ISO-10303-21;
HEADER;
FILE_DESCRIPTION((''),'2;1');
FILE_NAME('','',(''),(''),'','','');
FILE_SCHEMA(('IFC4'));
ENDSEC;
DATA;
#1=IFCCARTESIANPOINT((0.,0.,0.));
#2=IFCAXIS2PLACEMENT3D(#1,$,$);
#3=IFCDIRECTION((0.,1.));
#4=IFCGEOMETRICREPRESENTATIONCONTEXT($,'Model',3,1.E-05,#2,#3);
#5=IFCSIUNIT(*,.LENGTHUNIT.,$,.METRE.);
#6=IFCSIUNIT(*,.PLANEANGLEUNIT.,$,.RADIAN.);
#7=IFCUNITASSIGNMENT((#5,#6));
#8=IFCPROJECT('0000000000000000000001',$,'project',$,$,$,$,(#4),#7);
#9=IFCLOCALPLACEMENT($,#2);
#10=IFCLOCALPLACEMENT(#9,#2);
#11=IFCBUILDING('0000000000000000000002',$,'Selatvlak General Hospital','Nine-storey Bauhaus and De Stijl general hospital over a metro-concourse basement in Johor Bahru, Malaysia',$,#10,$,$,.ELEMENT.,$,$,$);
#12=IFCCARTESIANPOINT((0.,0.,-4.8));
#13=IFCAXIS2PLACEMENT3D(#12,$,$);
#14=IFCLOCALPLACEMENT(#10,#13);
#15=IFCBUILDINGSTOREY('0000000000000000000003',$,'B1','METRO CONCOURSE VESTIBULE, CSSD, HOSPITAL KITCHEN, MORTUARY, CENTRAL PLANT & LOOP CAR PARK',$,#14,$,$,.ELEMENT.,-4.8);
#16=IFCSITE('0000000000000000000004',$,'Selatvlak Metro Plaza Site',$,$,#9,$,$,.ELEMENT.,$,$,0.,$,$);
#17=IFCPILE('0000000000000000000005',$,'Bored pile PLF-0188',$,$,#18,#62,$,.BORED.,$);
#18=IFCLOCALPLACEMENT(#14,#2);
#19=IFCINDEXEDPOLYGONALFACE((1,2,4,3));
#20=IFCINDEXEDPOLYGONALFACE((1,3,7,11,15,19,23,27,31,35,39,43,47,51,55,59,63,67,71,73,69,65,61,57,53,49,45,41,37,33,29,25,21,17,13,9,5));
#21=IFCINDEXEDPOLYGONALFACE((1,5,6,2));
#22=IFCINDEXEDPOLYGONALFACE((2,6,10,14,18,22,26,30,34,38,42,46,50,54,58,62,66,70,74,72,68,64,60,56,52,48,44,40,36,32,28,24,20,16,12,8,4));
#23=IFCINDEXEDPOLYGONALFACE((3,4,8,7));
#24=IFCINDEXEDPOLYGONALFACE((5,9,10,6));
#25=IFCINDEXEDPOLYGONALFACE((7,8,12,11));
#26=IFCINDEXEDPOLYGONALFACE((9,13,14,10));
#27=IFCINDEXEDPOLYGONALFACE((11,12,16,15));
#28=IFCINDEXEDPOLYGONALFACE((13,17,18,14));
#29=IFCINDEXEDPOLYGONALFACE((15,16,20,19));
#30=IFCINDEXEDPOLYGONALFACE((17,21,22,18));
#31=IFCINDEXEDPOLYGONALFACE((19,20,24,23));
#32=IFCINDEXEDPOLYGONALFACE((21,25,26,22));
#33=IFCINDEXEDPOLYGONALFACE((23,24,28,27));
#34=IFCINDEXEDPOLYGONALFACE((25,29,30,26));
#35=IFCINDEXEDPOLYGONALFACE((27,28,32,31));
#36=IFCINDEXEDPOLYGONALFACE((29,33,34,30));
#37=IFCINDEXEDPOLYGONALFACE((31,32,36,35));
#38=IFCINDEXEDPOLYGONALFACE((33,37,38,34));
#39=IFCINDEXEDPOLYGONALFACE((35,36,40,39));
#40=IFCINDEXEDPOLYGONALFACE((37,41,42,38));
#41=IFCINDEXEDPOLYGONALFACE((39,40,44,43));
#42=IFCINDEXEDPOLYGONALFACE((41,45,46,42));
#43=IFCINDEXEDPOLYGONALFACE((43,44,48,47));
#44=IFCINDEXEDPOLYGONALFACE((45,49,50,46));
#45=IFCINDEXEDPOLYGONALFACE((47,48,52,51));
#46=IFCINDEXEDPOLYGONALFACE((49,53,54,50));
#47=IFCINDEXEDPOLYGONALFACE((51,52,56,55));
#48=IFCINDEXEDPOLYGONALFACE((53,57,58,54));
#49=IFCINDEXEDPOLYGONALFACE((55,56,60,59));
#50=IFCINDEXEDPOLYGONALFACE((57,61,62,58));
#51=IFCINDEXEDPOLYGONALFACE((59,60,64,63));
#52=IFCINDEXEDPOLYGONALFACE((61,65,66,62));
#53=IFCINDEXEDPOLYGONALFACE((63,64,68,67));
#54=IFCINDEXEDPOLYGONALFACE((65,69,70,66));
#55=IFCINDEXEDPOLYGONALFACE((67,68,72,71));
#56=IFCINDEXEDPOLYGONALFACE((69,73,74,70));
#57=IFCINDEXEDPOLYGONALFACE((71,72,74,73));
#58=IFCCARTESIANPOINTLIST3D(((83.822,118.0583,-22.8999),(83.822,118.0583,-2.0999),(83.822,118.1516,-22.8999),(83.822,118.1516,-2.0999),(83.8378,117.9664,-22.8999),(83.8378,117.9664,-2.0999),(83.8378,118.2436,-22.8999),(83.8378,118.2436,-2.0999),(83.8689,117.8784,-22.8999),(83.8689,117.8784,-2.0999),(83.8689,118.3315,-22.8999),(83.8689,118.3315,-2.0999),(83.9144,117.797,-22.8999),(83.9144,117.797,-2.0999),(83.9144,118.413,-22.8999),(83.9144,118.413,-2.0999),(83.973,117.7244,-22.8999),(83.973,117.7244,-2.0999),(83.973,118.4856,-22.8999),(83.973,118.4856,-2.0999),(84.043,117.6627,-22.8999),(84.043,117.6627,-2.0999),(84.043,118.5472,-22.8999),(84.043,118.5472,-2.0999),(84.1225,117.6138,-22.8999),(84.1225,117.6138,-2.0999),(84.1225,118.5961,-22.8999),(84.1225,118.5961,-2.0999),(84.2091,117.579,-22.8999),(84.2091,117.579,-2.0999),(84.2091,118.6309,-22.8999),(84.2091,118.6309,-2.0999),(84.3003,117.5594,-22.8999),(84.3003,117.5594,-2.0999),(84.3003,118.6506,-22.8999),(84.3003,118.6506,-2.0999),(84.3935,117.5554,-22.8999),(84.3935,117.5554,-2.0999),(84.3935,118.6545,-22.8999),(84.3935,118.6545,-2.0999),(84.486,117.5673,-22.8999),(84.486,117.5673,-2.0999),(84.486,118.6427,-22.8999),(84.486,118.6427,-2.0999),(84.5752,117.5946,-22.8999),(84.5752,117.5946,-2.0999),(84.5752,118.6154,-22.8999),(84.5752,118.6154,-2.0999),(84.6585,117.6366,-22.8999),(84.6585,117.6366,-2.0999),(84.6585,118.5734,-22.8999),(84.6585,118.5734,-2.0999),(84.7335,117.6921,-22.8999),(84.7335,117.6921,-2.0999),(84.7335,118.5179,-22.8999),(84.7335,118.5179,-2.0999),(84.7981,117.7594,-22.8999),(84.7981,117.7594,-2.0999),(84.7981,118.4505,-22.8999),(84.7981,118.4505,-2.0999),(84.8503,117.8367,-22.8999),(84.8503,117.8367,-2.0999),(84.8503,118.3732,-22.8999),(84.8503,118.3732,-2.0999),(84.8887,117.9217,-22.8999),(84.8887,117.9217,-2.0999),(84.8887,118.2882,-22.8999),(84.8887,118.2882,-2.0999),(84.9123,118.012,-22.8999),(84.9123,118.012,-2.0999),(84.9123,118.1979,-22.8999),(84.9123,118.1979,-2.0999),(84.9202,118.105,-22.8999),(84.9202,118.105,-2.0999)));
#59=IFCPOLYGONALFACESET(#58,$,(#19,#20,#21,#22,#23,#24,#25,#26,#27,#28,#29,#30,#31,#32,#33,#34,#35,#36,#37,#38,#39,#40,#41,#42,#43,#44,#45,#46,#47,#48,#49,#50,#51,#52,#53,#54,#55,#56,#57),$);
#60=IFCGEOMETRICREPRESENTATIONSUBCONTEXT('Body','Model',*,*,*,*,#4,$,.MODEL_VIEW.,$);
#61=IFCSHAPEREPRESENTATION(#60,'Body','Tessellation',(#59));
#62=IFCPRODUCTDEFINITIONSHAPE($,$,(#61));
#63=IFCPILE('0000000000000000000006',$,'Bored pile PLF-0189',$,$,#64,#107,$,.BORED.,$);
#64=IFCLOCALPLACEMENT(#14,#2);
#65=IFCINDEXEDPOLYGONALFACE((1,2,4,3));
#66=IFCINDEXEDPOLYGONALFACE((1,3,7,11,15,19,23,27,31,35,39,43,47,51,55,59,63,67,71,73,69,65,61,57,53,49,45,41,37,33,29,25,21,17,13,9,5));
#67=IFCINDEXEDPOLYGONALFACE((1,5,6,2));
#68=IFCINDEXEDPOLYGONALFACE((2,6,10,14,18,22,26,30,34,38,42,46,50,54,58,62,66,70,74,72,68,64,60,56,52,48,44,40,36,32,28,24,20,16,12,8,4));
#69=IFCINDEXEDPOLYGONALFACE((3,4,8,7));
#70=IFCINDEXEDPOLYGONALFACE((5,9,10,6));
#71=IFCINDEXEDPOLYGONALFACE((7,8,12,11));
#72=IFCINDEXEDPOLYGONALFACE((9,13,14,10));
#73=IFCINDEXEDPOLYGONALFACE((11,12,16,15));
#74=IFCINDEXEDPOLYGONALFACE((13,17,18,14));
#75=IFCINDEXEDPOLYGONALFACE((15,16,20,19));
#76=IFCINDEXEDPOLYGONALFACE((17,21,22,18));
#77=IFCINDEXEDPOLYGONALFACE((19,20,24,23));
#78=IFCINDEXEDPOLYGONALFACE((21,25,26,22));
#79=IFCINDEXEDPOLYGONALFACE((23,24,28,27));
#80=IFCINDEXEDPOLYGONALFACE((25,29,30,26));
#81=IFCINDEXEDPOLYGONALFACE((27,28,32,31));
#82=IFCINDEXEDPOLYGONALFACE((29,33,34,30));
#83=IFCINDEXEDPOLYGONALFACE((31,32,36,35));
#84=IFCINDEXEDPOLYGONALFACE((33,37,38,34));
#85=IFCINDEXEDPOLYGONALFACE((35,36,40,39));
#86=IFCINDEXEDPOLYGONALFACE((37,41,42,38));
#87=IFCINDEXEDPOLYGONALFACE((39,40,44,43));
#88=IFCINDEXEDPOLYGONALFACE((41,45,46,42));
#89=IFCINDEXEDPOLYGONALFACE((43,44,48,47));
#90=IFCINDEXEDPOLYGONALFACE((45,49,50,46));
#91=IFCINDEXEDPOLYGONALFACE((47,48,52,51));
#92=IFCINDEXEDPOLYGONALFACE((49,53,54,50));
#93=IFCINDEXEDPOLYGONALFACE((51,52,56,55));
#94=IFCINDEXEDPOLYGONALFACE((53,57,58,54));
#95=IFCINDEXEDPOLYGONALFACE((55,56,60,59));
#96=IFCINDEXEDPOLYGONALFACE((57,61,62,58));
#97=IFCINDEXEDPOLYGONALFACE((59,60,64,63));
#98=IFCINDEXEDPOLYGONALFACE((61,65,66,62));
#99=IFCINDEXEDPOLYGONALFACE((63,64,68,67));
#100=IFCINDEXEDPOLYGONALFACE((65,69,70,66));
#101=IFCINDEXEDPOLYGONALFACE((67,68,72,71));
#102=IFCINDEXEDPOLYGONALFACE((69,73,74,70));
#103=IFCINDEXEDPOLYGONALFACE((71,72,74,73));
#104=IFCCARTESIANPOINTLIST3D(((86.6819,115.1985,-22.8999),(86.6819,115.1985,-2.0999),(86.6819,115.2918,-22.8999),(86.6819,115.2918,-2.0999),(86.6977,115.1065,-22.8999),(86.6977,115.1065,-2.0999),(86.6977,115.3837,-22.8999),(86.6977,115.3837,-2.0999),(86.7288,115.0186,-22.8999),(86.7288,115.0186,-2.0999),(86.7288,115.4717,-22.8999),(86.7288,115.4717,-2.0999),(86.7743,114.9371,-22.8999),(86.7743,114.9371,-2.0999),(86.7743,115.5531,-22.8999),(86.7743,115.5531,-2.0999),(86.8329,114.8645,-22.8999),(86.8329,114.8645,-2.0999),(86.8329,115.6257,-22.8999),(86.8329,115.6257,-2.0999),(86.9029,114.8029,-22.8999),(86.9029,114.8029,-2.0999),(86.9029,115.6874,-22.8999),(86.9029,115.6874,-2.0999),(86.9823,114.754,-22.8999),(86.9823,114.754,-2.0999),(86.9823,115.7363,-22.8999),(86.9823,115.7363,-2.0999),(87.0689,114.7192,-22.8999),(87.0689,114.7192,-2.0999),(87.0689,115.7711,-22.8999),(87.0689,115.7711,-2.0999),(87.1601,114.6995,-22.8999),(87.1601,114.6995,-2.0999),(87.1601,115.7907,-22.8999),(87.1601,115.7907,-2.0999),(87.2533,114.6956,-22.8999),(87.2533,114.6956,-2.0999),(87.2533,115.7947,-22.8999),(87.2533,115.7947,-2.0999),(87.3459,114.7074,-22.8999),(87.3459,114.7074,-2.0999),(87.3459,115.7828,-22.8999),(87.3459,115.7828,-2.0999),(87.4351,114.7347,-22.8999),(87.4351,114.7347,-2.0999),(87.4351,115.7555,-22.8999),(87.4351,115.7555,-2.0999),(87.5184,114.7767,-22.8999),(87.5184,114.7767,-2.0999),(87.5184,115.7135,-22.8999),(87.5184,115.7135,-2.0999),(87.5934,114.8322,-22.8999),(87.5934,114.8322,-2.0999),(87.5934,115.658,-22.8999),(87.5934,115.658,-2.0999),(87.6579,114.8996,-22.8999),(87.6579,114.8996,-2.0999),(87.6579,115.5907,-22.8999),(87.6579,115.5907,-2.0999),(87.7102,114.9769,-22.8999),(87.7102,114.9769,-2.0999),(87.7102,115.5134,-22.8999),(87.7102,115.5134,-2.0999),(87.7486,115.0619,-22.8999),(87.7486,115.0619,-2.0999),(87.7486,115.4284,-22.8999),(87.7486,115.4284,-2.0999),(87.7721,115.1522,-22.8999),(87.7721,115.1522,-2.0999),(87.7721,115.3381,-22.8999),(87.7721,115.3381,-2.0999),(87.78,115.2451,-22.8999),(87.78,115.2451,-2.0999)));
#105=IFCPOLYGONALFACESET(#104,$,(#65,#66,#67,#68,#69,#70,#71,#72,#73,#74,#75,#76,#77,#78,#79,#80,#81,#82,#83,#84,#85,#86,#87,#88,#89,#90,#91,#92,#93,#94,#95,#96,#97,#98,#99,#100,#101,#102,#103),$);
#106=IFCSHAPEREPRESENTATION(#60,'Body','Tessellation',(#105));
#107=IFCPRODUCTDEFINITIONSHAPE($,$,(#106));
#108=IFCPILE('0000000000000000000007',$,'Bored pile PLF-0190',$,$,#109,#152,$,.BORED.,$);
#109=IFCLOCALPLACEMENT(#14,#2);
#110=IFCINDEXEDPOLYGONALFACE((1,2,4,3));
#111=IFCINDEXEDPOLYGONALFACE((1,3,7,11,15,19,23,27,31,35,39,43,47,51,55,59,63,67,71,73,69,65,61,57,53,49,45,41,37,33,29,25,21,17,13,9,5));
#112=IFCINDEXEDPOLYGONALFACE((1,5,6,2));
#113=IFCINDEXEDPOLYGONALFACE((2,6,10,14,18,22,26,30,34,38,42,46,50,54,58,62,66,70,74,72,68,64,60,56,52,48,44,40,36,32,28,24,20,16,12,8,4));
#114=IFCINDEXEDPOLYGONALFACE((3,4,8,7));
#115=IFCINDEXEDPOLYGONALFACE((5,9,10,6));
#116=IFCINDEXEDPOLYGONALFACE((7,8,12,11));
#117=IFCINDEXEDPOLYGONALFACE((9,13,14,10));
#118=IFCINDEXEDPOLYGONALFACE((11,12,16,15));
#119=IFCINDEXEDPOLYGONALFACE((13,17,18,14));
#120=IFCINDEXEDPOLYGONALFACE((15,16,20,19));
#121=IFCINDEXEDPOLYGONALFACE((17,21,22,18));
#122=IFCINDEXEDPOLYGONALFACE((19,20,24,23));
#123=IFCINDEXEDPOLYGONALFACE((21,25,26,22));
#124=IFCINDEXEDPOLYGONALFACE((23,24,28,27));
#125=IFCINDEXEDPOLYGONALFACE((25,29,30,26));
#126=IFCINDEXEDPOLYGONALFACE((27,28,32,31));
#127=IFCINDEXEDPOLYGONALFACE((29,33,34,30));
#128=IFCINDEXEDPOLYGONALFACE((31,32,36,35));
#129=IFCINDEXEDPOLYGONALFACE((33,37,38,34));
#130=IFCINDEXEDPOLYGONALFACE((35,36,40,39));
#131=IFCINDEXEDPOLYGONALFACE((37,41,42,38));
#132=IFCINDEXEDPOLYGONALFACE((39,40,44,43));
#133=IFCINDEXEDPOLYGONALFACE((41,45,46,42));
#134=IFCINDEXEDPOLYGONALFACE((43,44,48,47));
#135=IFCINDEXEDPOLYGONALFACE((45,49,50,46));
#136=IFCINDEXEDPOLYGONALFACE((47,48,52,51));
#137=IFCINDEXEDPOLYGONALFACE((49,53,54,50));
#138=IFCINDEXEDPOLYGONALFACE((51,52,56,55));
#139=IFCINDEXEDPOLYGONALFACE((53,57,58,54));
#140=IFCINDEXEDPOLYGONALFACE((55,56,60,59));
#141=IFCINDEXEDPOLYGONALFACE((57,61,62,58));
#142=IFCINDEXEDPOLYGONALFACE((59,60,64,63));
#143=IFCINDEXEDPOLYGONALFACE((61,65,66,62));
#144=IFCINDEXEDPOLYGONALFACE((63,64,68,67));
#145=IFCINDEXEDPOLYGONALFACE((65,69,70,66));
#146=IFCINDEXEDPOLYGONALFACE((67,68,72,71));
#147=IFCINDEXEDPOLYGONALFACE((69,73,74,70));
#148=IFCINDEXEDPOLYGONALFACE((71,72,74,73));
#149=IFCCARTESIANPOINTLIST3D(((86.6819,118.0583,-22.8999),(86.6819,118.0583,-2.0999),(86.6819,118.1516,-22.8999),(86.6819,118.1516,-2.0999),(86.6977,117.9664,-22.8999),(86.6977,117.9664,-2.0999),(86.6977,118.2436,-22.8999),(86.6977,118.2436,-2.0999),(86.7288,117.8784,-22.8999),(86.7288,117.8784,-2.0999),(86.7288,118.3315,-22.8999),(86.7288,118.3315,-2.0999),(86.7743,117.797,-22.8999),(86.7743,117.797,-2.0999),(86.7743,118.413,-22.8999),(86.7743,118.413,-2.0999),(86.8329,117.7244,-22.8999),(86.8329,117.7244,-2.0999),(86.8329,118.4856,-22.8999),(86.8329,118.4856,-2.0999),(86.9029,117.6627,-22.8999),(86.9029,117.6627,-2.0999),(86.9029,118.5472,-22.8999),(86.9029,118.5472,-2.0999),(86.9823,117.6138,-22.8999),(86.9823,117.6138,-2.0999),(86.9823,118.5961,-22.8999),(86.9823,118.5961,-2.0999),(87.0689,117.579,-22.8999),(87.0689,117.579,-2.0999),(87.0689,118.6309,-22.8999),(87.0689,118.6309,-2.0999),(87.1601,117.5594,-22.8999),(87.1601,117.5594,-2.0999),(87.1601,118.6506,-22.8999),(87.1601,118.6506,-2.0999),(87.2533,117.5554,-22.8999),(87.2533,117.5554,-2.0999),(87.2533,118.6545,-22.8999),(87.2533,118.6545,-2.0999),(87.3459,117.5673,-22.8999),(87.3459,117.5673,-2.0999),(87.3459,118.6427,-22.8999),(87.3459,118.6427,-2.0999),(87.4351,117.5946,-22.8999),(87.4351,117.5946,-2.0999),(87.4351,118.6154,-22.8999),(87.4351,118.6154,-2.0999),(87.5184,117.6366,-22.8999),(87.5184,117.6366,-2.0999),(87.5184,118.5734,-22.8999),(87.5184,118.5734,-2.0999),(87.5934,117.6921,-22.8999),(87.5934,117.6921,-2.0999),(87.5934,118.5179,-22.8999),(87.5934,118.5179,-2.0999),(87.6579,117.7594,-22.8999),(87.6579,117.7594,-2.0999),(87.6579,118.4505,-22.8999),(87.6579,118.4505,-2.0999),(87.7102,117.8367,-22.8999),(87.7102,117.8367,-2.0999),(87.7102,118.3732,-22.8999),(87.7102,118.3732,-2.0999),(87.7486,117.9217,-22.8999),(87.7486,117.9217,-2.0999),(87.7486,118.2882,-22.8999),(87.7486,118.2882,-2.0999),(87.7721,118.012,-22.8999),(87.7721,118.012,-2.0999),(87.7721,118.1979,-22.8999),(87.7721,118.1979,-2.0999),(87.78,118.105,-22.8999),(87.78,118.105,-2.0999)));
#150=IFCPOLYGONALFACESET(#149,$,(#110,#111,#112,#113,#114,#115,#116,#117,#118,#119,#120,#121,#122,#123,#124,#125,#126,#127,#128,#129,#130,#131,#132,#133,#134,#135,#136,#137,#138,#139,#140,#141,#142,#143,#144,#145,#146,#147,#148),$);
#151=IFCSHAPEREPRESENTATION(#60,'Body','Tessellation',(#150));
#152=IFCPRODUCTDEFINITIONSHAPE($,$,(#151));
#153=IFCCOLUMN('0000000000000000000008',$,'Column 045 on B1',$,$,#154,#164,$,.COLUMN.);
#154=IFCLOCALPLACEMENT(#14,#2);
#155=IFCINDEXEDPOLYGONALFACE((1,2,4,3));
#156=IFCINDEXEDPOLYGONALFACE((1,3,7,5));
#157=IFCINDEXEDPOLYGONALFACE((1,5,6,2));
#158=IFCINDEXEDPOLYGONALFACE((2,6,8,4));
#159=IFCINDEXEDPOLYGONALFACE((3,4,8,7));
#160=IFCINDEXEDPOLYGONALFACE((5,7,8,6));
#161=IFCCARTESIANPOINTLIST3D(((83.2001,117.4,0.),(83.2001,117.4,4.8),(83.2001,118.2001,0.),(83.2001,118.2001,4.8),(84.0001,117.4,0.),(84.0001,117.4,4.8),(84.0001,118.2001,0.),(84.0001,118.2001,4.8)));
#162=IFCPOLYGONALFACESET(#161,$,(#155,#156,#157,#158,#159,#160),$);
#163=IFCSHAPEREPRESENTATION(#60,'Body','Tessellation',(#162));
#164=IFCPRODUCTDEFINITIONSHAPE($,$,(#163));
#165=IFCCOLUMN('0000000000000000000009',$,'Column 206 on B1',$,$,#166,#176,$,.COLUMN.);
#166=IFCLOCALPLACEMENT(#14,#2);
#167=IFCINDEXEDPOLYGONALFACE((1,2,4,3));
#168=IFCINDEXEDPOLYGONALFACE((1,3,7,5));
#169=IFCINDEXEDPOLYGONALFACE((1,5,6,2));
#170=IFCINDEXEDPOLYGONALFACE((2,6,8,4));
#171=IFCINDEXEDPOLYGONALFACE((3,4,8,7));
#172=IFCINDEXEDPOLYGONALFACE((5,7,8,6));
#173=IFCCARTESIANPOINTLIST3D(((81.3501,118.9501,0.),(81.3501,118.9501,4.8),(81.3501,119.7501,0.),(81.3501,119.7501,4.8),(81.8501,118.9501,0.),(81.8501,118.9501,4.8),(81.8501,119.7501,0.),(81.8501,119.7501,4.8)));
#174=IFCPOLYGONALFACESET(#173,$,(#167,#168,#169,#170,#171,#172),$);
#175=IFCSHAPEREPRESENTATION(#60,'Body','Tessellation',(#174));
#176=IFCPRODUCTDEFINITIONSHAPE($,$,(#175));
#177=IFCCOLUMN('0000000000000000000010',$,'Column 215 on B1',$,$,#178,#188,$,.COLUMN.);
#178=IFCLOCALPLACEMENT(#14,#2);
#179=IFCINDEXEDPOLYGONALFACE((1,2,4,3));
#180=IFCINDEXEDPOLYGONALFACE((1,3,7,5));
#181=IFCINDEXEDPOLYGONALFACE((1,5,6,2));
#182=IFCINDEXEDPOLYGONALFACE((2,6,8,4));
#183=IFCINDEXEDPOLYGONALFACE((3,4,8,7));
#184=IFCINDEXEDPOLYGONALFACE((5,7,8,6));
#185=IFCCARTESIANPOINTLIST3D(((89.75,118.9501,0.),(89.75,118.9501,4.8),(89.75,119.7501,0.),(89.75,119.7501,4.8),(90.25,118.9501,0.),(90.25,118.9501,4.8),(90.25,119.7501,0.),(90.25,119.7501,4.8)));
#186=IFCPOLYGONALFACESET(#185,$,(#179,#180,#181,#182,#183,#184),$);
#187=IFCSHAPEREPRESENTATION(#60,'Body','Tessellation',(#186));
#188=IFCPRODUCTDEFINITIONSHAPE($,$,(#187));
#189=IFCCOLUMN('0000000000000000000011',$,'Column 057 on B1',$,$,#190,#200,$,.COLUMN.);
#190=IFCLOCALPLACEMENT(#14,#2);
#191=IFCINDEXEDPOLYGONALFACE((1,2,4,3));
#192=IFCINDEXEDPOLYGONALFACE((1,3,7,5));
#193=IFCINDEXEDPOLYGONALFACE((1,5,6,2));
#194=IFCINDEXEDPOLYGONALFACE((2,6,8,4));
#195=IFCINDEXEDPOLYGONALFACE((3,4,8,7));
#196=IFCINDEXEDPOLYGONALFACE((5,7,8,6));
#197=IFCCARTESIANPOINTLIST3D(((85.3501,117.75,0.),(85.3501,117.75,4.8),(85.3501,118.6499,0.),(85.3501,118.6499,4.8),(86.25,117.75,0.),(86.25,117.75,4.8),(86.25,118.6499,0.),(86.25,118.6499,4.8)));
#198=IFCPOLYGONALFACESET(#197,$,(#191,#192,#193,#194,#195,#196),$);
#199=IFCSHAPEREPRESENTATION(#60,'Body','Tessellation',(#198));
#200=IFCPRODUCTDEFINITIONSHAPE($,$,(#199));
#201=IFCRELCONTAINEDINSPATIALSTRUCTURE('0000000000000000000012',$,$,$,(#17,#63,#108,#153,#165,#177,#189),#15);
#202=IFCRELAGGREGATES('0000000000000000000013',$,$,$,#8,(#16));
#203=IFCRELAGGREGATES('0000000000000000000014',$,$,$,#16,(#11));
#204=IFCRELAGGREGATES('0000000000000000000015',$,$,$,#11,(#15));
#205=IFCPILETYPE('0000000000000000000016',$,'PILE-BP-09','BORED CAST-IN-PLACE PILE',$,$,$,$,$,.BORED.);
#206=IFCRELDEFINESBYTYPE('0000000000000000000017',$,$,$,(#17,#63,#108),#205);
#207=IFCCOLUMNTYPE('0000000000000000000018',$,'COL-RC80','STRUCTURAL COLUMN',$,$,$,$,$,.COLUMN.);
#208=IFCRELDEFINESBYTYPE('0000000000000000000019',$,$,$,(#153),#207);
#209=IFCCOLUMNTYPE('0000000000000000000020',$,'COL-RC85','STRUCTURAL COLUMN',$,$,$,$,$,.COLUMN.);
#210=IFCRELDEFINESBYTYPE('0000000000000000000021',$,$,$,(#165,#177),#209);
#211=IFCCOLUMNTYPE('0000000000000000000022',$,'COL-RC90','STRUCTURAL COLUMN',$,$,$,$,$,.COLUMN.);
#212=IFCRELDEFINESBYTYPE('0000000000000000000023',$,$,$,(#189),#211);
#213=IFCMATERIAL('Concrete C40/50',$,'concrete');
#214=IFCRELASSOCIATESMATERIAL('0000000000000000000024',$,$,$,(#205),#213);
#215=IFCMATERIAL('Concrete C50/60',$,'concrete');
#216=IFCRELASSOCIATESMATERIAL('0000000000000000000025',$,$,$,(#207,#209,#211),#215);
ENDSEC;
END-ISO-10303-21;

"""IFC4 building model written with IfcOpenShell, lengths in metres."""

from ifc_helpers import new_model, si_unit, direction, frame, origin, origin_2d, place, context, subcontext, project, spatial, rectangle, circle, extrude, material, material_profile, profile_set, type_object, element, save


model = new_model("IFC4")

# Units and contexts
model_context = context("Model", 3, precision=1e-05, world=origin(), true_north=direction((0.0, 1.0)))
body_context = subcontext(model_context, "Body", "Model", "MODEL_VIEW")
ifc_project = project(units=[si_unit("LENGTHUNIT", "METRE"), si_unit("PLANEANGLEUNIT", "RADIAN")], contexts=[model_context])

# Site, building, storey
site_placement = place(None, origin())
site = spatial("IfcSite", under=ifc_project, at=site_placement, Name="Selatvlak Metro Plaza Site", CompositionType="ELEMENT", RefElevation=0.0)
building_placement = place(site_placement, origin())
building = spatial("IfcBuilding", under=site, at=building_placement, Name="Selatvlak General Hospital", Description="Nine-storey Bauhaus and De Stijl general hospital over a metro-concourse basement in Johor Bahru, Malaysia", CompositionType="ELEMENT")
storey_placement = place(building_placement, frame((0.0, 0.0, -4.8)))
storey = spatial("IfcBuildingStorey", under=building, at=storey_placement, Name="B1", Description="METRO CONCOURSE VESTIBULE, CSSD, HOSPITAL KITCHEN, MORTUARY, CENTRAL PLANT & LOOP CAR PARK", CompositionType="ELEMENT", Elevation=-4.8)

# Shared definitions
ifc_material_1 = material(Name="Concrete C40/50", Category="concrete")

# Piles
ifc_material_profile_1 = material_profile(ifc_material_1, circle(Radius=0.55, at=origin_2d()), Name="BORED PILE 1100")
ifc_profile_set_1 = profile_set([ifc_material_profile_1], Name="Concrete C40/50")
pile_type_1 = type_object("IfcPileType", Name="PILE-BP-09", Description="BORED CAST-IN-PLACE PILE", PredefinedType="BORED", material=ifc_profile_set_1)
for number, where, z_axis, x_axis, name in (
    (1, (84.3701, 118.105, -2.0999), (0.0, 0.0, -1.0), (1.0, 0.0, 0.0), "Bored pile PLF-0188"),
    (2, (87.23, 115.2451, -2.0999), (0.0, 0.0, -1.0), (1.0, 0.0, 0.0), "Bored pile PLF-0189"),
    (3, (87.23, 118.105, -2.0999), (0.0, 0.0, -1.0), (1.0, 0.0, 0.0), "Bored pile PLF-0190"),
):
    element("IfcPile", number, at=place(storey_placement, frame(where, z_axis=z_axis, x_axis=x_axis)), inside=storey, type_object=pile_type_1, Name=name, PredefinedType="BORED", context=body_context, shape_type="SweptSolid", body=[
        extrude(circle(Radius=0.55, at=origin_2d()), origin(), (0.0, 0.0, 1.0), 20.8),
    ])

# Columns
ifc_material_2 = material(Name="Concrete C50/60", Category="concrete")
ifc_material_profile_2 = material_profile(ifc_material_2, rectangle(XDim=0.8, YDim=0.8, at=origin_2d()), Name="RC-COL 800x800")
ifc_profile_set_2 = profile_set([ifc_material_profile_2], Name="Concrete C50/60")
column_type_1 = type_object("IfcColumnType", Name="COL-RC80", Description="STRUCTURAL COLUMN", PredefinedType="COLUMN", material=ifc_profile_set_2)
column_placement = place(storey_placement, frame((83.6001, 117.8, 0.0), z_axis=(0.0, 0.0, 1.0), x_axis=(1.0, 0.0, 0.0)))
element("IfcColumn", 4, at=column_placement, inside=storey, type_object=column_type_1, Name="Column 045 on B1", PredefinedType="COLUMN", context=body_context, shape_type="SweptSolid", body=[
    extrude(rectangle(XDim=0.8, YDim=0.8, at=origin_2d()), origin(), (0.0, 0.0, 1.0), 4.8),
])
ifc_material_profile_3 = material_profile(ifc_material_2, rectangle(XDim=0.5, YDim=0.8, at=origin_2d()), Name="RC-COL 800x500")
ifc_profile_set_3 = profile_set([ifc_material_profile_3], Name="Concrete C50/60")
column_type_2 = type_object("IfcColumnType", Name="COL-RC85", Description="STRUCTURAL COLUMN", PredefinedType="COLUMN", material=ifc_profile_set_3)
for number, where, z_axis, x_axis, name in (
    (5, (81.6001, 119.3501, 0.0), (0.0, 0.0, 1.0), (1.0, 0.0, 0.0), "Column 206 on B1"),
    (6, (90.0, 119.3501, 0.0), (0.0, 0.0, 1.0), (1.0, 0.0, 0.0), "Column 215 on B1"),
):
    element("IfcColumn", number, at=place(storey_placement, frame(where, z_axis=z_axis, x_axis=x_axis)), inside=storey, type_object=column_type_2, Name=name, PredefinedType="COLUMN", context=body_context, shape_type="SweptSolid", body=[
        extrude(rectangle(XDim=0.5, YDim=0.8, at=origin_2d()), origin(), (0.0, 0.0, 1.0), 4.8),
    ])
ifc_material_profile_4 = material_profile(ifc_material_2, rectangle(XDim=0.8999, YDim=0.8999, at=origin_2d()), Name="RC-COL 900x900")
ifc_profile_set_4 = profile_set([ifc_material_profile_4], Name="Concrete C50/60")
column_type_3 = type_object("IfcColumnType", Name="COL-RC90", Description="STRUCTURAL COLUMN", PredefinedType="COLUMN", material=ifc_profile_set_4)
for number, where, z_axis, x_axis, name in (
    (7, (85.8, 118.2, 0.0), (0.0, 0.0, 1.0), (1.0, 0.0, 0.0), "Column 057 on B1"),
):
    element("IfcColumn", number, at=place(storey_placement, frame(where, z_axis=z_axis, x_axis=x_axis)), inside=storey, type_object=column_type_3, Name=name, PredefinedType="COLUMN", context=body_context, shape_type="SweptSolid", body=[
        extrude(rectangle(XDim=0.8999, YDim=0.8999, at=origin_2d()), origin(), (0.0, 0.0, 1.0), 4.8),
    ])

save(model, "model.ifc")
